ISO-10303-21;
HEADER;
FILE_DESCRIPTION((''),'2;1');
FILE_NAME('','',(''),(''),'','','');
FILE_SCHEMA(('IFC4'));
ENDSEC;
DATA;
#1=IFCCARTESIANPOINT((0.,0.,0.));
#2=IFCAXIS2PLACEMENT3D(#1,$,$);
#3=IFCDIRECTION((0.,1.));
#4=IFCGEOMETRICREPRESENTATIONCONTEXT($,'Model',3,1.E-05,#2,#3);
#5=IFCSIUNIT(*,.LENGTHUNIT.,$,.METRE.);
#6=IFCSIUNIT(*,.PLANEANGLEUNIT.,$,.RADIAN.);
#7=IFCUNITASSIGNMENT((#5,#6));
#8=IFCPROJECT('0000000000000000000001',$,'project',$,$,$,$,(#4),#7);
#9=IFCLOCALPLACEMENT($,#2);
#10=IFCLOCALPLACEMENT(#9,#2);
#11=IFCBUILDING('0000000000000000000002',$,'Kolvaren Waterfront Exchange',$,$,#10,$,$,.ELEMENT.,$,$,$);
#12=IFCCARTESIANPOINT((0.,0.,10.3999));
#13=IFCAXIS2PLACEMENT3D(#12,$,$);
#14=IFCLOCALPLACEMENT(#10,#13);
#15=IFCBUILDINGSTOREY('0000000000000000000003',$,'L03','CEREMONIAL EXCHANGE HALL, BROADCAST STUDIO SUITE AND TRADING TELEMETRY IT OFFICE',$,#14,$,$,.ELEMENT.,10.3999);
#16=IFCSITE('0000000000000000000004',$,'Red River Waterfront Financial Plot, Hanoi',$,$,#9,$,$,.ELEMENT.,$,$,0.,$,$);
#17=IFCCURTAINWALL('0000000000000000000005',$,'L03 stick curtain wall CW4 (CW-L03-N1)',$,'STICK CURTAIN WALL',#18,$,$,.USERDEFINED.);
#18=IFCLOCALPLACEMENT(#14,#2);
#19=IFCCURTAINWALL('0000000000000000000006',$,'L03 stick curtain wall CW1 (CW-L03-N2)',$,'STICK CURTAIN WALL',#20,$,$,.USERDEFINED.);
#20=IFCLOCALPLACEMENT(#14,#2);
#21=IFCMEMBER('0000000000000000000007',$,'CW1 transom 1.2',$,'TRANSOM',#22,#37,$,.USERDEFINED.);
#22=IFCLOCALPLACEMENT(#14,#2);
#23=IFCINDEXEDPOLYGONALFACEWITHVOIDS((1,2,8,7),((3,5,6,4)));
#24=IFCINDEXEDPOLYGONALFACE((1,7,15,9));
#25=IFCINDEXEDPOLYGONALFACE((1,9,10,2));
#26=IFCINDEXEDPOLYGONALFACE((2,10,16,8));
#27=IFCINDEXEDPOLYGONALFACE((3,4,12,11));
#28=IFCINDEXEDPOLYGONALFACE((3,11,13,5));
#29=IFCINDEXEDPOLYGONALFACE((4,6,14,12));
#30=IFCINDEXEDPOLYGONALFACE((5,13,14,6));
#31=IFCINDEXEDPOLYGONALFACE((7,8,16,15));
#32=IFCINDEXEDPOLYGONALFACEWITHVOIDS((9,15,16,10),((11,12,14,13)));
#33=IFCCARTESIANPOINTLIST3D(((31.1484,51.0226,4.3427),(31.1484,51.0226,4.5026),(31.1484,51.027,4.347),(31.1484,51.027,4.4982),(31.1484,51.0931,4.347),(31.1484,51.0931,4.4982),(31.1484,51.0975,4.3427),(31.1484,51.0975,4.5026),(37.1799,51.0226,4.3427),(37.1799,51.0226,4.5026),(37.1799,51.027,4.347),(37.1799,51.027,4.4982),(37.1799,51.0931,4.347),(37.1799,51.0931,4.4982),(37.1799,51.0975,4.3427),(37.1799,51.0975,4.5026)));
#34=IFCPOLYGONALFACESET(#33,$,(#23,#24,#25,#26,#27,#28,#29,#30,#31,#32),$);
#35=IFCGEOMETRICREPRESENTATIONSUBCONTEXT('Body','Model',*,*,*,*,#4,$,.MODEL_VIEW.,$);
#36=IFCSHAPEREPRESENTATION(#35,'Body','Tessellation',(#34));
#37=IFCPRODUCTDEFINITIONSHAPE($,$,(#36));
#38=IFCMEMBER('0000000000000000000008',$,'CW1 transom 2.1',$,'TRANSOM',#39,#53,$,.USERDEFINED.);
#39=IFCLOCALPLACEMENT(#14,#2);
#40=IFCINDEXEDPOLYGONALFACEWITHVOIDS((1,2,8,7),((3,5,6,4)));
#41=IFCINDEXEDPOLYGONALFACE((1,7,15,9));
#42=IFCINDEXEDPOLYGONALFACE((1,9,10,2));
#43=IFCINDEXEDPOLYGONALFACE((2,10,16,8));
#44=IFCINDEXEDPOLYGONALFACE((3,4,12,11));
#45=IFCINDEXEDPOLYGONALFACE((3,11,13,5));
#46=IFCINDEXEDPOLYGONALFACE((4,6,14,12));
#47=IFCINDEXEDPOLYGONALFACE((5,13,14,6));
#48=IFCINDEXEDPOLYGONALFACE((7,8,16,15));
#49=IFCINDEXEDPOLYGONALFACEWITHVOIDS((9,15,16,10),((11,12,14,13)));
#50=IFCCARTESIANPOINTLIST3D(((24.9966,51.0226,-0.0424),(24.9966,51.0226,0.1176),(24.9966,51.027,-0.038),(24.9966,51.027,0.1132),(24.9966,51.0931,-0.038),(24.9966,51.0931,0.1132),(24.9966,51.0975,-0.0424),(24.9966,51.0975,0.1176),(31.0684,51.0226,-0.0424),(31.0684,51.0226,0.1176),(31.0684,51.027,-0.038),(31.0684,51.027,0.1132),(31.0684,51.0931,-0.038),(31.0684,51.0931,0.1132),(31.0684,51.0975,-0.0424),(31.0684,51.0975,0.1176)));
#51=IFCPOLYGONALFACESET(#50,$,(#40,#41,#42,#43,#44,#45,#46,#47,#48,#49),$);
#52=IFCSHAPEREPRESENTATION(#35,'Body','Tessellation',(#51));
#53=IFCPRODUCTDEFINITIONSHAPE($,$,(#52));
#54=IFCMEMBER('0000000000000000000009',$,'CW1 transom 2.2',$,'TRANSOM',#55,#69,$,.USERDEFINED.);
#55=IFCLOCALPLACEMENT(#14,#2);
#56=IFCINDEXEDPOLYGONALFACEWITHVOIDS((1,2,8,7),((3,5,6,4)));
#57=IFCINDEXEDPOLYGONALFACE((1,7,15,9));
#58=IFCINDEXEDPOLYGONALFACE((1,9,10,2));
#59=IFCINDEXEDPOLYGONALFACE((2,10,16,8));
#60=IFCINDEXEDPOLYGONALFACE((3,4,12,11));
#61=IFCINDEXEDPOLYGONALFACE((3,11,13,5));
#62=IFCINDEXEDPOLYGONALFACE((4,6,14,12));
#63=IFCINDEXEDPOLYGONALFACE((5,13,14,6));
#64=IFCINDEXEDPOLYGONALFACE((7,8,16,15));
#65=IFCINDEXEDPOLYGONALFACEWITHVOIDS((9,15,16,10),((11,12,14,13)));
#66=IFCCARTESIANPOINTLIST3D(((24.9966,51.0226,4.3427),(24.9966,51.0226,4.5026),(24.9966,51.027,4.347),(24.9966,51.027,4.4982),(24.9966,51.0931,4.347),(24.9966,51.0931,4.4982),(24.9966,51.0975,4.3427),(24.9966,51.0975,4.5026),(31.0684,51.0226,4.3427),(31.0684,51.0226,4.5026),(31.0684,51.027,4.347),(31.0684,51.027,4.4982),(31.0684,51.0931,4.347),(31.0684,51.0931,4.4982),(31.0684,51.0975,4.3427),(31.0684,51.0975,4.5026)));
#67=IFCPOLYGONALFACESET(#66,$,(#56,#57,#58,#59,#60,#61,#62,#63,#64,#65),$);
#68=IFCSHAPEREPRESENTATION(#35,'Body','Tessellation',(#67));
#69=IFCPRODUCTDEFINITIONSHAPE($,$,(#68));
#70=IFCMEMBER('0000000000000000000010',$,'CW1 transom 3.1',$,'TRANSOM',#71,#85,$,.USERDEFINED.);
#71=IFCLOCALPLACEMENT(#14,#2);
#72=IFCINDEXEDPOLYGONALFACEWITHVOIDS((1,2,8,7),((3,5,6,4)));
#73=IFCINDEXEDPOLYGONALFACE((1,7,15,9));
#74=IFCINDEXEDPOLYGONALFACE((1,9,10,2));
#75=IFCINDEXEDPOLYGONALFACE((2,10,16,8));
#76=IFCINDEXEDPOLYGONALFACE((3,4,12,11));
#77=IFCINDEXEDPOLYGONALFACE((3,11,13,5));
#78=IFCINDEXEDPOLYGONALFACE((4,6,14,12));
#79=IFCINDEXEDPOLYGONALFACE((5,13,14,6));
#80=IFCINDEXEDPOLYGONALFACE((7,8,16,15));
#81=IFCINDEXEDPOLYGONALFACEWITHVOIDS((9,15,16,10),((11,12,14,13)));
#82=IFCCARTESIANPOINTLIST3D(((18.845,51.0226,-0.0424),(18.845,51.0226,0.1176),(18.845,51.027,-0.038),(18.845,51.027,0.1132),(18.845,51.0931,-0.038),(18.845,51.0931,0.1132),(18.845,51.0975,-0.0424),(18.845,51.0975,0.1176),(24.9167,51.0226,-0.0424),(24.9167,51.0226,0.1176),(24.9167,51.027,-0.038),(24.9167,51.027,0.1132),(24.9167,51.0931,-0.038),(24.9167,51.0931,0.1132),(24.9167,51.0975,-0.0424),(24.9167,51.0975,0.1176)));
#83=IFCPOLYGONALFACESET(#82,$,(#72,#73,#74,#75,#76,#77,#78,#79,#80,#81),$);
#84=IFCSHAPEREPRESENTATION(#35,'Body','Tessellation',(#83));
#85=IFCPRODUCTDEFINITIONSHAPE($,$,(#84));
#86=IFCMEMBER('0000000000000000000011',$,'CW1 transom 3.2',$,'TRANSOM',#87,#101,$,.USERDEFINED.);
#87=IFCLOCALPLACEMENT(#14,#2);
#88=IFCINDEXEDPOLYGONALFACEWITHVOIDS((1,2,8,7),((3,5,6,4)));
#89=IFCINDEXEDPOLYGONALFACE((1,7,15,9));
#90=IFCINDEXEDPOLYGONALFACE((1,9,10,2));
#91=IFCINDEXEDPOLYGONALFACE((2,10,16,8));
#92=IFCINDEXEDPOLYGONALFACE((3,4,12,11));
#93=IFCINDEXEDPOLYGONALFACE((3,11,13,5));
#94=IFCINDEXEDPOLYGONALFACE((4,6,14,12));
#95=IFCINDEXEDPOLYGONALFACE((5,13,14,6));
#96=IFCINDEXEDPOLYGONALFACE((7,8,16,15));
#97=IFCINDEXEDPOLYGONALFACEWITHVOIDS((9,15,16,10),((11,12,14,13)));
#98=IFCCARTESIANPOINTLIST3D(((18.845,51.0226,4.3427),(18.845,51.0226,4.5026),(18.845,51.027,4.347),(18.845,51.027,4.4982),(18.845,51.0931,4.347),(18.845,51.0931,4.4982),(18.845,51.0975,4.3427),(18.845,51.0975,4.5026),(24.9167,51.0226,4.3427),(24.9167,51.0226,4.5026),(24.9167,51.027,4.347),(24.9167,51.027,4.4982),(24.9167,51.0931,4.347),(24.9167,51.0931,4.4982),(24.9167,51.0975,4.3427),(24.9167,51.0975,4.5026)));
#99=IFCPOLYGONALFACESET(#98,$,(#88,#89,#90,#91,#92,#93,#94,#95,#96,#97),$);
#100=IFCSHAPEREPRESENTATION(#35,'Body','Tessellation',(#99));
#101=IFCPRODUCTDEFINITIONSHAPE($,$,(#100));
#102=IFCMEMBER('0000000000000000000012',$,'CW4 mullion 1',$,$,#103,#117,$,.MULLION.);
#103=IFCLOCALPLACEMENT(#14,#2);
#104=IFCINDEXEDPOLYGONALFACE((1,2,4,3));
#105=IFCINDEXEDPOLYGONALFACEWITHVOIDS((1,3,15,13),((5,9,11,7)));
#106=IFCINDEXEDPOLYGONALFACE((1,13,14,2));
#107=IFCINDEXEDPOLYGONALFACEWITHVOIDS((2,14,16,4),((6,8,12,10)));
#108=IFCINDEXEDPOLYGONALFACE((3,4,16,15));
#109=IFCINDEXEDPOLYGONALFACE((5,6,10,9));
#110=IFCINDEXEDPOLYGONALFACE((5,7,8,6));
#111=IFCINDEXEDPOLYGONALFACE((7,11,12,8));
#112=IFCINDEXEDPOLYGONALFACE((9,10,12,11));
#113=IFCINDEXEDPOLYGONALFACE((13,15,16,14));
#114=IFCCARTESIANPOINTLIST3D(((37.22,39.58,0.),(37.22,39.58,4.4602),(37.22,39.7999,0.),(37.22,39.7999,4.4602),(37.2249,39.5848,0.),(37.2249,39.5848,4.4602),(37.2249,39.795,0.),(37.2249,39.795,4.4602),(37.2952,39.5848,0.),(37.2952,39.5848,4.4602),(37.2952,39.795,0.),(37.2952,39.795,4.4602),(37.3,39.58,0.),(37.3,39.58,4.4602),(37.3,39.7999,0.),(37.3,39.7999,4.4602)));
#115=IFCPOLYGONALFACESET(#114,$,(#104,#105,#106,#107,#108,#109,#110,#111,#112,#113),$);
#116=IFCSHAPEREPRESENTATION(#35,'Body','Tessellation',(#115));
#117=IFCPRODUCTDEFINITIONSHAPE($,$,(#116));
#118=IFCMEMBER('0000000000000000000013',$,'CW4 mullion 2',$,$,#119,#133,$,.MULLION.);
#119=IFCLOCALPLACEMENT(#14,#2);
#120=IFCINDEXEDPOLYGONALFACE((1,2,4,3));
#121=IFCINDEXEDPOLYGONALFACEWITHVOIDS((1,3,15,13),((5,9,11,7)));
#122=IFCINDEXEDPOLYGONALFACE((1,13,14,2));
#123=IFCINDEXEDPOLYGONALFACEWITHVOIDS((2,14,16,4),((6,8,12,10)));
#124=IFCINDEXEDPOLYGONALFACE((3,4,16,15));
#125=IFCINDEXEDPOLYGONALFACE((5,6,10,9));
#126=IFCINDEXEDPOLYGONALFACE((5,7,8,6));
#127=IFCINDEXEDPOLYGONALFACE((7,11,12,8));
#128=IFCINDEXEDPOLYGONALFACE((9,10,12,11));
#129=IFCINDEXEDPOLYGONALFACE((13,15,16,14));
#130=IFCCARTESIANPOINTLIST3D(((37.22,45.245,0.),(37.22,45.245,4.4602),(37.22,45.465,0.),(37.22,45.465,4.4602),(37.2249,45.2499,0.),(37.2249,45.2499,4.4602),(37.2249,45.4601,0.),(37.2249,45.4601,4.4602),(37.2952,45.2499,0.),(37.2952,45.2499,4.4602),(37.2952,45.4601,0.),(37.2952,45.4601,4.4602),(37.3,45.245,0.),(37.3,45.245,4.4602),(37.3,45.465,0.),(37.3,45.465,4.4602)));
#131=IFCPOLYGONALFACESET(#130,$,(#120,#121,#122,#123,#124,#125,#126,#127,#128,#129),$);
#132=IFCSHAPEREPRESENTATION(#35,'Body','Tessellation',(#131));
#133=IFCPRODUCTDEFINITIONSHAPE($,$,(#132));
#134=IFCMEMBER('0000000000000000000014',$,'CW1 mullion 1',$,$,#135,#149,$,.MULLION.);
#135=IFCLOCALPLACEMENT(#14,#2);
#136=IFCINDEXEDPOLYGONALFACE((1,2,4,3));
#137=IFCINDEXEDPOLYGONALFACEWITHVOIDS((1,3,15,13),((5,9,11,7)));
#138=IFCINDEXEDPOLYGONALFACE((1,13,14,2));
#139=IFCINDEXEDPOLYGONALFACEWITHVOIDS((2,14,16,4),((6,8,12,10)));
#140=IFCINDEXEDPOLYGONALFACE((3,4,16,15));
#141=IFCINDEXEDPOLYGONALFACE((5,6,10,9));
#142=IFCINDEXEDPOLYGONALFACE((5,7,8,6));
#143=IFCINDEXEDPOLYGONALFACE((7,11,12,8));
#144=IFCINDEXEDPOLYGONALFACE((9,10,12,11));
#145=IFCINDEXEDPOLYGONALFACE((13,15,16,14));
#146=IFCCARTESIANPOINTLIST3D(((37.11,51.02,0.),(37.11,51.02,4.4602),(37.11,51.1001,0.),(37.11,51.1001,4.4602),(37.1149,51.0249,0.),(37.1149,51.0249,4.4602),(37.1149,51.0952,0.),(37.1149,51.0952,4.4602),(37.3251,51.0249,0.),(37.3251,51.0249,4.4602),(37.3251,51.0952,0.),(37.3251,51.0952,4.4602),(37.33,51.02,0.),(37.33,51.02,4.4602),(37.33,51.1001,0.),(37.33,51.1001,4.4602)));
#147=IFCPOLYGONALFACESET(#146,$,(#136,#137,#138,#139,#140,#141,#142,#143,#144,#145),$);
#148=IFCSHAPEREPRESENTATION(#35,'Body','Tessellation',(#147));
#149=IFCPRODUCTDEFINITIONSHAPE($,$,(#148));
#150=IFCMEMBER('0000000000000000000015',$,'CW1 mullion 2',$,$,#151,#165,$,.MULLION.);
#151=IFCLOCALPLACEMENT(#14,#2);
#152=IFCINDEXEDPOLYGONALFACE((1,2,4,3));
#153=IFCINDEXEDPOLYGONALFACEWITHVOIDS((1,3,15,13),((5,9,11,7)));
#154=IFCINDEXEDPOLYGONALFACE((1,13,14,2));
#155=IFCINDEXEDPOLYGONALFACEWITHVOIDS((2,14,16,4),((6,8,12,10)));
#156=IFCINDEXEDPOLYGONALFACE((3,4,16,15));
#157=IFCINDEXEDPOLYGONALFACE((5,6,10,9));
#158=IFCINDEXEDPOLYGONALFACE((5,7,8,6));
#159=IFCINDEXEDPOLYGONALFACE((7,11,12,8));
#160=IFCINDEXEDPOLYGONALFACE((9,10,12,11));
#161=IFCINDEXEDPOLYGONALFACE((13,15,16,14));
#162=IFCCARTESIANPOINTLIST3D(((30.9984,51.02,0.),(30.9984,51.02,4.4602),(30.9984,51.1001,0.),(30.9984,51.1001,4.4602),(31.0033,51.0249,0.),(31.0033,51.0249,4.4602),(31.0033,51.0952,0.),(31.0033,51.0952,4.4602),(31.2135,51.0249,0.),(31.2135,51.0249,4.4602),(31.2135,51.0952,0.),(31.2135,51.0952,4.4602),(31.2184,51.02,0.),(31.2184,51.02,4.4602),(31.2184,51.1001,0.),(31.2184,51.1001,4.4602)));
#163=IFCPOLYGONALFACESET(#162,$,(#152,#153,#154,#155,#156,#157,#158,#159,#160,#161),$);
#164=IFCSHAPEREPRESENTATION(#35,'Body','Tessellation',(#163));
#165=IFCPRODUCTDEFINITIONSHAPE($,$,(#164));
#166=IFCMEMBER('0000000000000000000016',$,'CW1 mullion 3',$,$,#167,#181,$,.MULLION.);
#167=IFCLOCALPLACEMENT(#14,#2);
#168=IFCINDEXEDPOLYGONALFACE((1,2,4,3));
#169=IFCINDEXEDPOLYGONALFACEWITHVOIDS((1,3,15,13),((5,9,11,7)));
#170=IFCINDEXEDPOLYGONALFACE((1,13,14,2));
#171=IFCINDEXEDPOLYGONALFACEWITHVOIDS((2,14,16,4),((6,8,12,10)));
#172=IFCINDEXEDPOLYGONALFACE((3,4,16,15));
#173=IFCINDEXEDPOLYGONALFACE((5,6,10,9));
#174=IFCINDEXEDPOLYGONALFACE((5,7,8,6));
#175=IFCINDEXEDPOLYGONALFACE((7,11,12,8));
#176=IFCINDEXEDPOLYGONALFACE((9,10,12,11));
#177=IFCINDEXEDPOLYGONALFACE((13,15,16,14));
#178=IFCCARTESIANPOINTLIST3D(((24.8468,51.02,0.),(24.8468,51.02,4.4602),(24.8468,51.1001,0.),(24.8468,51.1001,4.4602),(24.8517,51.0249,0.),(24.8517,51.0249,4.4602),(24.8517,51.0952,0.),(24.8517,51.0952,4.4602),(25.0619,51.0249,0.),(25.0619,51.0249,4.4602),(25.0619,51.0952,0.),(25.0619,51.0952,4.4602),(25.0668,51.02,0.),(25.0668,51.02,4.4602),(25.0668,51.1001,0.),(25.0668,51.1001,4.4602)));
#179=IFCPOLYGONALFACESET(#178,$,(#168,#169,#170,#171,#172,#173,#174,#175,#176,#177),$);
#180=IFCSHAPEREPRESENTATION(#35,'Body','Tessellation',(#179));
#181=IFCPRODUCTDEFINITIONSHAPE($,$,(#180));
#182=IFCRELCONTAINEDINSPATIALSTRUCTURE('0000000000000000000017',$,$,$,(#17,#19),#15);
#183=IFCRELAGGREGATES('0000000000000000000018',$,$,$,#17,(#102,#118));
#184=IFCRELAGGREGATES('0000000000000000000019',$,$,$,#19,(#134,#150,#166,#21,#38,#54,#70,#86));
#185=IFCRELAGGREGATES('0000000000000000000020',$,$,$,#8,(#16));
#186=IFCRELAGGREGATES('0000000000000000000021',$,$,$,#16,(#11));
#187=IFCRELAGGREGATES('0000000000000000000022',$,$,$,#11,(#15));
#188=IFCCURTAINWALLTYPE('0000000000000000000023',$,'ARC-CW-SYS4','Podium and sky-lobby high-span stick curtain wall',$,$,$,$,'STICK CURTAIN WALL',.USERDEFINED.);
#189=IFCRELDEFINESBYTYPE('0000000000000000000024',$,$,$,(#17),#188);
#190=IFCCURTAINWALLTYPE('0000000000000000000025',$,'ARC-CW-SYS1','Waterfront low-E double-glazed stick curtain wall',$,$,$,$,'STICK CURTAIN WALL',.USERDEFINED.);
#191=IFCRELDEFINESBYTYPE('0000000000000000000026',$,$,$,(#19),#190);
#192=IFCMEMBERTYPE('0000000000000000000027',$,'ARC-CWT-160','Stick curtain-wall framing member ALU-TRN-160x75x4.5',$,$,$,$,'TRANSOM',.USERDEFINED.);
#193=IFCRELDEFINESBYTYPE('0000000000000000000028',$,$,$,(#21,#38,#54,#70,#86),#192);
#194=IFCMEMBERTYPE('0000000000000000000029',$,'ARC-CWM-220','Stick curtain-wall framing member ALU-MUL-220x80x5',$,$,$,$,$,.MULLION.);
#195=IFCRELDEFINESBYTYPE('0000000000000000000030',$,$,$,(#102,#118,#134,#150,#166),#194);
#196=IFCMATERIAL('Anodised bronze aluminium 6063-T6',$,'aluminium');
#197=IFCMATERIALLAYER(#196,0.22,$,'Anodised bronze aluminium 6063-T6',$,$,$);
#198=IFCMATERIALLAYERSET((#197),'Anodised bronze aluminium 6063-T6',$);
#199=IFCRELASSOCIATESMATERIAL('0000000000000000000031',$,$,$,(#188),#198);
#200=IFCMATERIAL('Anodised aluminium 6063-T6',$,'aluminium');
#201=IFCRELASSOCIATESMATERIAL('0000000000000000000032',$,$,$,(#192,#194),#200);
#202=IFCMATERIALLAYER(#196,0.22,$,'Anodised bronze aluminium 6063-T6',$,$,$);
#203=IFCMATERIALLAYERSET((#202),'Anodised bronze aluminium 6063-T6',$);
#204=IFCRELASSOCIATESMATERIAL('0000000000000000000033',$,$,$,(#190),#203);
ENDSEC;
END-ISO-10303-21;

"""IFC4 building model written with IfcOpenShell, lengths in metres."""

from ifc_helpers import new_model, si_unit, direction, frame, origin, origin_with_axes, origin_2d, place, context, subcontext, project, spatial, hollow_rectangle, extrude, source, transform, mapped, material, layer, layer_set, material_profile, profile_set, type_object, element, aggregate, save


model = new_model("IFC4")

# Units and contexts
model_context = context("Model", 3, precision=1e-05, world=origin(), true_north=direction((0.0, 1.0)))
body_context = subcontext(model_context, "Body", "Model", "MODEL_VIEW")
ifc_project = project(units=[si_unit("LENGTHUNIT", "METRE"), si_unit("PLANEANGLEUNIT", "RADIAN")], contexts=[model_context])

# Site, building, storey
site_placement = place(None, origin())
site = spatial("IfcSite", under=ifc_project, at=site_placement, Name="Red River Waterfront Financial Plot, Hanoi", CompositionType="ELEMENT", RefElevation=0.0)
building_placement = place(site_placement, origin())
building = spatial("IfcBuilding", under=site, at=building_placement, Name="Kolvaren Waterfront Exchange", CompositionType="ELEMENT")
storey_placement = place(building_placement, frame((0.0, 0.0, 10.3999)))
storey = spatial("IfcBuildingStorey", under=building, at=storey_placement, Name="L03", Description="CEREMONIAL EXCHANGE HALL, BROADCAST STUDIO SUITE AND TRADING TELEMETRY IT OFFICE", CompositionType="ELEMENT", Elevation=10.3999)

# Curtain walls, members
ifc_material_1 = material(Name="Anodised bronze aluminium 6063-T6", Category="aluminium")
ifc_layer_1 = layer(ifc_material_1, 0.22, Name="Anodised bronze aluminium 6063-T6")
ifc_layer_set_1 = layer_set([ifc_layer_1], Name="Anodised bronze aluminium 6063-T6")
curtain_wall_type_1 = type_object("IfcCurtainWallType", Name="ARC-CW-SYS4", Description="Podium and sky-lobby high-span stick curtain wall", ElementType="STICK CURTAIN WALL", PredefinedType="USERDEFINED", material=ifc_layer_set_1)
curtain_wall_1_placement = place(storey_placement, origin())
curtain_wall_1 = element("IfcCurtainWall", 1, at=curtain_wall_1_placement, inside=storey, type_object=curtain_wall_type_1, Name="L03 stick curtain wall CW4 (CW-L03-N1)", ObjectType="STICK CURTAIN WALL", PredefinedType="USERDEFINED")
ifc_material_2 = material(Name="Anodised aluminium 6063-T6", Category="aluminium")
ifc_material_profile_1 = material_profile(ifc_material_2, hollow_rectangle(XDim=0.075, YDim=0.1599, WallThickness=0.0044, at=origin_2d()), Name="ALU-TRN-160x75x4.5")
ifc_profile_set_1 = profile_set([ifc_material_profile_1], Name="Anodised aluminium 6063-T6")
member_type_1 = type_object("IfcMemberType", Name="ARC-CWT-160", Description="Stick curtain-wall framing member ALU-TRN-160x75x4.5", ElementType="TRANSOM", PredefinedType="USERDEFINED", material=ifc_profile_set_1)
ifc_layer_2 = layer(ifc_material_1, 0.22, Name="Anodised bronze aluminium 6063-T6")
ifc_layer_set_2 = layer_set([ifc_layer_2], Name="Anodised bronze aluminium 6063-T6")
curtain_wall_type_2 = type_object("IfcCurtainWallType", Name="ARC-CW-SYS1", Description="Waterfront low-E double-glazed stick curtain wall", ElementType="STICK CURTAIN WALL", PredefinedType="USERDEFINED", material=ifc_layer_set_2)
curtain_wall_2_placement = place(storey_placement, origin())
curtain_wall_2 = element("IfcCurtainWall", 2, at=curtain_wall_2_placement, inside=storey, type_object=curtain_wall_type_2, Name="L03 stick curtain wall CW1 (CW-L03-N2)", ObjectType="STICK CURTAIN WALL", PredefinedType="USERDEFINED")
shared_shape_1 = source(origin_with_axes(), body_context, "Body", "SweptSolid", [
    extrude(hollow_rectangle(XDim=0.075, YDim=0.1599, WallThickness=0.0044, at=origin_2d()), origin(), (0.0, 0.0, 1.0), 6.0315),
])
member_1_placement = place(storey_placement, frame((37.1799, 51.0601, 4.4226), z_axis=(-1.0, 0.0, 0.0), x_axis=(0.0, -1.0, 0.0)))
member_1 = element("IfcMember", 3, at=member_1_placement, type_object=member_type_1, Name="CW1 transom 1.2", ObjectType="TRANSOM", PredefinedType="USERDEFINED", context=body_context, shape_type="MappedRepresentation", body=[
    mapped(shared_shape_1, transform((0.0, 0.0, 0.0), x_axis=(1.0, 0.0, 0.0), y_axis=(0.0, 1.0, 0.0), z_axis=(0.0, 0.0, 1.0), scale=1.0)),
])
shared_shape_2 = source(origin_with_axes(), body_context, "Body", "SweptSolid", [
    extrude(hollow_rectangle(XDim=0.075, YDim=0.1599, WallThickness=0.0044, at=origin_2d()), origin(), (0.0, 0.0, 1.0), 6.0718),
])
member_2_placement = place(storey_placement, frame((31.0684, 51.0601, 0.0376), z_axis=(-1.0, 0.0, 0.0), x_axis=(0.0, -1.0, 0.0)))
member_2 = element("IfcMember", 4, at=member_2_placement, type_object=member_type_1, Name="CW1 transom 2.1", ObjectType="TRANSOM", PredefinedType="USERDEFINED", context=body_context, shape_type="MappedRepresentation", body=[
    mapped(shared_shape_2, transform((0.0, 0.0, 0.0), x_axis=(1.0, 0.0, 0.0), y_axis=(0.0, 1.0, 0.0), z_axis=(0.0, 0.0, 1.0), scale=1.0)),
])
member_3_placement = place(storey_placement, frame((31.0684, 51.0601, 4.4226), z_axis=(-1.0, 0.0, 0.0), x_axis=(0.0, -1.0, 0.0)))
member_3 = element("IfcMember", 5, at=member_3_placement, type_object=member_type_1, Name="CW1 transom 2.2", ObjectType="TRANSOM", PredefinedType="USERDEFINED", context=body_context, shape_type="MappedRepresentation", body=[
    mapped(shared_shape_2, transform((0.0, 0.0, 0.0), x_axis=(1.0, 0.0, 0.0), y_axis=(0.0, 1.0, 0.0), z_axis=(0.0, 0.0, 1.0), scale=1.0)),
])
member_4_placement = place(storey_placement, frame((24.9167, 51.0601, 0.0376), z_axis=(-1.0, 0.0, 0.0), x_axis=(0.0, -1.0, 0.0)))
member_4 = element("IfcMember", 6, at=member_4_placement, type_object=member_type_1, Name="CW1 transom 3.1", ObjectType="TRANSOM", PredefinedType="USERDEFINED", context=body_context, shape_type="MappedRepresentation", body=[
    mapped(shared_shape_2, transform((0.0, 0.0, 0.0), x_axis=(1.0, 0.0, 0.0), y_axis=(0.0, 1.0, 0.0), z_axis=(0.0, 0.0, 1.0), scale=1.0)),
])
member_5_placement = place(storey_placement, frame((24.9167, 51.0601, 4.4226), z_axis=(-1.0, 0.0, 0.0), x_axis=(0.0, -1.0, 0.0)))
member_5 = element("IfcMember", 7, at=member_5_placement, type_object=member_type_1, Name="CW1 transom 3.2", ObjectType="TRANSOM", PredefinedType="USERDEFINED", context=body_context, shape_type="MappedRepresentation", body=[
    mapped(shared_shape_2, transform((0.0, 0.0, 0.0), x_axis=(1.0, 0.0, 0.0), y_axis=(0.0, 1.0, 0.0), z_axis=(0.0, 0.0, 1.0), scale=1.0)),
])

# Members
ifc_material_profile_2 = material_profile(ifc_material_2, hollow_rectangle(XDim=0.0801, YDim=0.22, WallThickness=0.0049, at=origin_2d()), Name="ALU-MUL-220x80x5")
ifc_profile_set_2 = profile_set([ifc_material_profile_2], Name="Anodised aluminium 6063-T6")
member_type_2 = type_object("IfcMemberType", Name="ARC-CWM-220", Description="Stick curtain-wall framing member ALU-MUL-220x80x5", PredefinedType="MULLION", material=ifc_profile_set_2)
shared_shape_3 = source(origin_with_axes(), body_context, "Body", "SweptSolid", [
    extrude(hollow_rectangle(XDim=0.0801, YDim=0.22, WallThickness=0.0049, at=origin_2d()), origin(), (0.0, 0.0, 1.0), 4.4602),
])
member_6_placement = place(storey_placement, frame((37.26, 39.6899, 0.0), z_axis=(0.0, 0.0, 1.0), x_axis=(-1.0, 0.0, 0.0)))
member_6 = element("IfcMember", 8, at=member_6_placement, type_object=member_type_2, Name="CW4 mullion 1", PredefinedType="MULLION", context=body_context, shape_type="MappedRepresentation", body=[
    mapped(shared_shape_3, transform((0.0, 0.0, 0.0), x_axis=(1.0, 0.0, 0.0), y_axis=(0.0, 1.0, 0.0), z_axis=(0.0, 0.0, 1.0), scale=1.0)),
])
member_7_placement = place(storey_placement, frame((37.26, 45.355, 0.0), z_axis=(0.0, 0.0, 1.0), x_axis=(-1.0, 0.0, 0.0)))
member_7 = element("IfcMember", 9, at=member_7_placement, type_object=member_type_2, Name="CW4 mullion 2", PredefinedType="MULLION", context=body_context, shape_type="MappedRepresentation", body=[
    mapped(shared_shape_3, transform((0.0, 0.0, 0.0), x_axis=(1.0, 0.0, 0.0), y_axis=(0.0, 1.0, 0.0), z_axis=(0.0, 0.0, 1.0), scale=1.0)),
])
member_8_placement = place(storey_placement, frame((37.22, 51.0601, 0.0), z_axis=(0.0, 0.0, 1.0), x_axis=(0.0, -1.0, 0.0)))
member_8 = element("IfcMember", 10, at=member_8_placement, type_object=member_type_2, Name="CW1 mullion 1", PredefinedType="MULLION", context=body_context, shape_type="MappedRepresentation", body=[
    mapped(shared_shape_3, transform((0.0, 0.0, 0.0), x_axis=(1.0, 0.0, 0.0), y_axis=(0.0, 1.0, 0.0), z_axis=(0.0, 0.0, 1.0), scale=1.0)),
])
member_9_placement = place(storey_placement, frame((31.1084, 51.0601, 0.0), z_axis=(0.0, 0.0, 1.0), x_axis=(0.0, -1.0, 0.0)))
member_9 = element("IfcMember", 11, at=member_9_placement, type_object=member_type_2, Name="CW1 mullion 2", PredefinedType="MULLION", context=body_context, shape_type="MappedRepresentation", body=[
    mapped(shared_shape_3, transform((0.0, 0.0, 0.0), x_axis=(1.0, 0.0, 0.0), y_axis=(0.0, 1.0, 0.0), z_axis=(0.0, 0.0, 1.0), scale=1.0)),
])
member_10_placement = place(storey_placement, frame((24.9568, 51.0601, 0.0), z_axis=(0.0, 0.0, 1.0), x_axis=(0.0, -1.0, 0.0)))
member_10 = element("IfcMember", 12, at=member_10_placement, type_object=member_type_2, Name="CW1 mullion 3", PredefinedType="MULLION", context=body_context, shape_type="MappedRepresentation", body=[
    mapped(shared_shape_3, transform((0.0, 0.0, 0.0), x_axis=(1.0, 0.0, 0.0), y_axis=(0.0, 1.0, 0.0), z_axis=(0.0, 0.0, 1.0), scale=1.0)),
])

aggregate(curtain_wall_1, [member_6, member_7])
aggregate(curtain_wall_2, [member_8, member_9, member_10, member_1, member_2, member_3, member_4, member_5])

save(model, "model.ifc")
